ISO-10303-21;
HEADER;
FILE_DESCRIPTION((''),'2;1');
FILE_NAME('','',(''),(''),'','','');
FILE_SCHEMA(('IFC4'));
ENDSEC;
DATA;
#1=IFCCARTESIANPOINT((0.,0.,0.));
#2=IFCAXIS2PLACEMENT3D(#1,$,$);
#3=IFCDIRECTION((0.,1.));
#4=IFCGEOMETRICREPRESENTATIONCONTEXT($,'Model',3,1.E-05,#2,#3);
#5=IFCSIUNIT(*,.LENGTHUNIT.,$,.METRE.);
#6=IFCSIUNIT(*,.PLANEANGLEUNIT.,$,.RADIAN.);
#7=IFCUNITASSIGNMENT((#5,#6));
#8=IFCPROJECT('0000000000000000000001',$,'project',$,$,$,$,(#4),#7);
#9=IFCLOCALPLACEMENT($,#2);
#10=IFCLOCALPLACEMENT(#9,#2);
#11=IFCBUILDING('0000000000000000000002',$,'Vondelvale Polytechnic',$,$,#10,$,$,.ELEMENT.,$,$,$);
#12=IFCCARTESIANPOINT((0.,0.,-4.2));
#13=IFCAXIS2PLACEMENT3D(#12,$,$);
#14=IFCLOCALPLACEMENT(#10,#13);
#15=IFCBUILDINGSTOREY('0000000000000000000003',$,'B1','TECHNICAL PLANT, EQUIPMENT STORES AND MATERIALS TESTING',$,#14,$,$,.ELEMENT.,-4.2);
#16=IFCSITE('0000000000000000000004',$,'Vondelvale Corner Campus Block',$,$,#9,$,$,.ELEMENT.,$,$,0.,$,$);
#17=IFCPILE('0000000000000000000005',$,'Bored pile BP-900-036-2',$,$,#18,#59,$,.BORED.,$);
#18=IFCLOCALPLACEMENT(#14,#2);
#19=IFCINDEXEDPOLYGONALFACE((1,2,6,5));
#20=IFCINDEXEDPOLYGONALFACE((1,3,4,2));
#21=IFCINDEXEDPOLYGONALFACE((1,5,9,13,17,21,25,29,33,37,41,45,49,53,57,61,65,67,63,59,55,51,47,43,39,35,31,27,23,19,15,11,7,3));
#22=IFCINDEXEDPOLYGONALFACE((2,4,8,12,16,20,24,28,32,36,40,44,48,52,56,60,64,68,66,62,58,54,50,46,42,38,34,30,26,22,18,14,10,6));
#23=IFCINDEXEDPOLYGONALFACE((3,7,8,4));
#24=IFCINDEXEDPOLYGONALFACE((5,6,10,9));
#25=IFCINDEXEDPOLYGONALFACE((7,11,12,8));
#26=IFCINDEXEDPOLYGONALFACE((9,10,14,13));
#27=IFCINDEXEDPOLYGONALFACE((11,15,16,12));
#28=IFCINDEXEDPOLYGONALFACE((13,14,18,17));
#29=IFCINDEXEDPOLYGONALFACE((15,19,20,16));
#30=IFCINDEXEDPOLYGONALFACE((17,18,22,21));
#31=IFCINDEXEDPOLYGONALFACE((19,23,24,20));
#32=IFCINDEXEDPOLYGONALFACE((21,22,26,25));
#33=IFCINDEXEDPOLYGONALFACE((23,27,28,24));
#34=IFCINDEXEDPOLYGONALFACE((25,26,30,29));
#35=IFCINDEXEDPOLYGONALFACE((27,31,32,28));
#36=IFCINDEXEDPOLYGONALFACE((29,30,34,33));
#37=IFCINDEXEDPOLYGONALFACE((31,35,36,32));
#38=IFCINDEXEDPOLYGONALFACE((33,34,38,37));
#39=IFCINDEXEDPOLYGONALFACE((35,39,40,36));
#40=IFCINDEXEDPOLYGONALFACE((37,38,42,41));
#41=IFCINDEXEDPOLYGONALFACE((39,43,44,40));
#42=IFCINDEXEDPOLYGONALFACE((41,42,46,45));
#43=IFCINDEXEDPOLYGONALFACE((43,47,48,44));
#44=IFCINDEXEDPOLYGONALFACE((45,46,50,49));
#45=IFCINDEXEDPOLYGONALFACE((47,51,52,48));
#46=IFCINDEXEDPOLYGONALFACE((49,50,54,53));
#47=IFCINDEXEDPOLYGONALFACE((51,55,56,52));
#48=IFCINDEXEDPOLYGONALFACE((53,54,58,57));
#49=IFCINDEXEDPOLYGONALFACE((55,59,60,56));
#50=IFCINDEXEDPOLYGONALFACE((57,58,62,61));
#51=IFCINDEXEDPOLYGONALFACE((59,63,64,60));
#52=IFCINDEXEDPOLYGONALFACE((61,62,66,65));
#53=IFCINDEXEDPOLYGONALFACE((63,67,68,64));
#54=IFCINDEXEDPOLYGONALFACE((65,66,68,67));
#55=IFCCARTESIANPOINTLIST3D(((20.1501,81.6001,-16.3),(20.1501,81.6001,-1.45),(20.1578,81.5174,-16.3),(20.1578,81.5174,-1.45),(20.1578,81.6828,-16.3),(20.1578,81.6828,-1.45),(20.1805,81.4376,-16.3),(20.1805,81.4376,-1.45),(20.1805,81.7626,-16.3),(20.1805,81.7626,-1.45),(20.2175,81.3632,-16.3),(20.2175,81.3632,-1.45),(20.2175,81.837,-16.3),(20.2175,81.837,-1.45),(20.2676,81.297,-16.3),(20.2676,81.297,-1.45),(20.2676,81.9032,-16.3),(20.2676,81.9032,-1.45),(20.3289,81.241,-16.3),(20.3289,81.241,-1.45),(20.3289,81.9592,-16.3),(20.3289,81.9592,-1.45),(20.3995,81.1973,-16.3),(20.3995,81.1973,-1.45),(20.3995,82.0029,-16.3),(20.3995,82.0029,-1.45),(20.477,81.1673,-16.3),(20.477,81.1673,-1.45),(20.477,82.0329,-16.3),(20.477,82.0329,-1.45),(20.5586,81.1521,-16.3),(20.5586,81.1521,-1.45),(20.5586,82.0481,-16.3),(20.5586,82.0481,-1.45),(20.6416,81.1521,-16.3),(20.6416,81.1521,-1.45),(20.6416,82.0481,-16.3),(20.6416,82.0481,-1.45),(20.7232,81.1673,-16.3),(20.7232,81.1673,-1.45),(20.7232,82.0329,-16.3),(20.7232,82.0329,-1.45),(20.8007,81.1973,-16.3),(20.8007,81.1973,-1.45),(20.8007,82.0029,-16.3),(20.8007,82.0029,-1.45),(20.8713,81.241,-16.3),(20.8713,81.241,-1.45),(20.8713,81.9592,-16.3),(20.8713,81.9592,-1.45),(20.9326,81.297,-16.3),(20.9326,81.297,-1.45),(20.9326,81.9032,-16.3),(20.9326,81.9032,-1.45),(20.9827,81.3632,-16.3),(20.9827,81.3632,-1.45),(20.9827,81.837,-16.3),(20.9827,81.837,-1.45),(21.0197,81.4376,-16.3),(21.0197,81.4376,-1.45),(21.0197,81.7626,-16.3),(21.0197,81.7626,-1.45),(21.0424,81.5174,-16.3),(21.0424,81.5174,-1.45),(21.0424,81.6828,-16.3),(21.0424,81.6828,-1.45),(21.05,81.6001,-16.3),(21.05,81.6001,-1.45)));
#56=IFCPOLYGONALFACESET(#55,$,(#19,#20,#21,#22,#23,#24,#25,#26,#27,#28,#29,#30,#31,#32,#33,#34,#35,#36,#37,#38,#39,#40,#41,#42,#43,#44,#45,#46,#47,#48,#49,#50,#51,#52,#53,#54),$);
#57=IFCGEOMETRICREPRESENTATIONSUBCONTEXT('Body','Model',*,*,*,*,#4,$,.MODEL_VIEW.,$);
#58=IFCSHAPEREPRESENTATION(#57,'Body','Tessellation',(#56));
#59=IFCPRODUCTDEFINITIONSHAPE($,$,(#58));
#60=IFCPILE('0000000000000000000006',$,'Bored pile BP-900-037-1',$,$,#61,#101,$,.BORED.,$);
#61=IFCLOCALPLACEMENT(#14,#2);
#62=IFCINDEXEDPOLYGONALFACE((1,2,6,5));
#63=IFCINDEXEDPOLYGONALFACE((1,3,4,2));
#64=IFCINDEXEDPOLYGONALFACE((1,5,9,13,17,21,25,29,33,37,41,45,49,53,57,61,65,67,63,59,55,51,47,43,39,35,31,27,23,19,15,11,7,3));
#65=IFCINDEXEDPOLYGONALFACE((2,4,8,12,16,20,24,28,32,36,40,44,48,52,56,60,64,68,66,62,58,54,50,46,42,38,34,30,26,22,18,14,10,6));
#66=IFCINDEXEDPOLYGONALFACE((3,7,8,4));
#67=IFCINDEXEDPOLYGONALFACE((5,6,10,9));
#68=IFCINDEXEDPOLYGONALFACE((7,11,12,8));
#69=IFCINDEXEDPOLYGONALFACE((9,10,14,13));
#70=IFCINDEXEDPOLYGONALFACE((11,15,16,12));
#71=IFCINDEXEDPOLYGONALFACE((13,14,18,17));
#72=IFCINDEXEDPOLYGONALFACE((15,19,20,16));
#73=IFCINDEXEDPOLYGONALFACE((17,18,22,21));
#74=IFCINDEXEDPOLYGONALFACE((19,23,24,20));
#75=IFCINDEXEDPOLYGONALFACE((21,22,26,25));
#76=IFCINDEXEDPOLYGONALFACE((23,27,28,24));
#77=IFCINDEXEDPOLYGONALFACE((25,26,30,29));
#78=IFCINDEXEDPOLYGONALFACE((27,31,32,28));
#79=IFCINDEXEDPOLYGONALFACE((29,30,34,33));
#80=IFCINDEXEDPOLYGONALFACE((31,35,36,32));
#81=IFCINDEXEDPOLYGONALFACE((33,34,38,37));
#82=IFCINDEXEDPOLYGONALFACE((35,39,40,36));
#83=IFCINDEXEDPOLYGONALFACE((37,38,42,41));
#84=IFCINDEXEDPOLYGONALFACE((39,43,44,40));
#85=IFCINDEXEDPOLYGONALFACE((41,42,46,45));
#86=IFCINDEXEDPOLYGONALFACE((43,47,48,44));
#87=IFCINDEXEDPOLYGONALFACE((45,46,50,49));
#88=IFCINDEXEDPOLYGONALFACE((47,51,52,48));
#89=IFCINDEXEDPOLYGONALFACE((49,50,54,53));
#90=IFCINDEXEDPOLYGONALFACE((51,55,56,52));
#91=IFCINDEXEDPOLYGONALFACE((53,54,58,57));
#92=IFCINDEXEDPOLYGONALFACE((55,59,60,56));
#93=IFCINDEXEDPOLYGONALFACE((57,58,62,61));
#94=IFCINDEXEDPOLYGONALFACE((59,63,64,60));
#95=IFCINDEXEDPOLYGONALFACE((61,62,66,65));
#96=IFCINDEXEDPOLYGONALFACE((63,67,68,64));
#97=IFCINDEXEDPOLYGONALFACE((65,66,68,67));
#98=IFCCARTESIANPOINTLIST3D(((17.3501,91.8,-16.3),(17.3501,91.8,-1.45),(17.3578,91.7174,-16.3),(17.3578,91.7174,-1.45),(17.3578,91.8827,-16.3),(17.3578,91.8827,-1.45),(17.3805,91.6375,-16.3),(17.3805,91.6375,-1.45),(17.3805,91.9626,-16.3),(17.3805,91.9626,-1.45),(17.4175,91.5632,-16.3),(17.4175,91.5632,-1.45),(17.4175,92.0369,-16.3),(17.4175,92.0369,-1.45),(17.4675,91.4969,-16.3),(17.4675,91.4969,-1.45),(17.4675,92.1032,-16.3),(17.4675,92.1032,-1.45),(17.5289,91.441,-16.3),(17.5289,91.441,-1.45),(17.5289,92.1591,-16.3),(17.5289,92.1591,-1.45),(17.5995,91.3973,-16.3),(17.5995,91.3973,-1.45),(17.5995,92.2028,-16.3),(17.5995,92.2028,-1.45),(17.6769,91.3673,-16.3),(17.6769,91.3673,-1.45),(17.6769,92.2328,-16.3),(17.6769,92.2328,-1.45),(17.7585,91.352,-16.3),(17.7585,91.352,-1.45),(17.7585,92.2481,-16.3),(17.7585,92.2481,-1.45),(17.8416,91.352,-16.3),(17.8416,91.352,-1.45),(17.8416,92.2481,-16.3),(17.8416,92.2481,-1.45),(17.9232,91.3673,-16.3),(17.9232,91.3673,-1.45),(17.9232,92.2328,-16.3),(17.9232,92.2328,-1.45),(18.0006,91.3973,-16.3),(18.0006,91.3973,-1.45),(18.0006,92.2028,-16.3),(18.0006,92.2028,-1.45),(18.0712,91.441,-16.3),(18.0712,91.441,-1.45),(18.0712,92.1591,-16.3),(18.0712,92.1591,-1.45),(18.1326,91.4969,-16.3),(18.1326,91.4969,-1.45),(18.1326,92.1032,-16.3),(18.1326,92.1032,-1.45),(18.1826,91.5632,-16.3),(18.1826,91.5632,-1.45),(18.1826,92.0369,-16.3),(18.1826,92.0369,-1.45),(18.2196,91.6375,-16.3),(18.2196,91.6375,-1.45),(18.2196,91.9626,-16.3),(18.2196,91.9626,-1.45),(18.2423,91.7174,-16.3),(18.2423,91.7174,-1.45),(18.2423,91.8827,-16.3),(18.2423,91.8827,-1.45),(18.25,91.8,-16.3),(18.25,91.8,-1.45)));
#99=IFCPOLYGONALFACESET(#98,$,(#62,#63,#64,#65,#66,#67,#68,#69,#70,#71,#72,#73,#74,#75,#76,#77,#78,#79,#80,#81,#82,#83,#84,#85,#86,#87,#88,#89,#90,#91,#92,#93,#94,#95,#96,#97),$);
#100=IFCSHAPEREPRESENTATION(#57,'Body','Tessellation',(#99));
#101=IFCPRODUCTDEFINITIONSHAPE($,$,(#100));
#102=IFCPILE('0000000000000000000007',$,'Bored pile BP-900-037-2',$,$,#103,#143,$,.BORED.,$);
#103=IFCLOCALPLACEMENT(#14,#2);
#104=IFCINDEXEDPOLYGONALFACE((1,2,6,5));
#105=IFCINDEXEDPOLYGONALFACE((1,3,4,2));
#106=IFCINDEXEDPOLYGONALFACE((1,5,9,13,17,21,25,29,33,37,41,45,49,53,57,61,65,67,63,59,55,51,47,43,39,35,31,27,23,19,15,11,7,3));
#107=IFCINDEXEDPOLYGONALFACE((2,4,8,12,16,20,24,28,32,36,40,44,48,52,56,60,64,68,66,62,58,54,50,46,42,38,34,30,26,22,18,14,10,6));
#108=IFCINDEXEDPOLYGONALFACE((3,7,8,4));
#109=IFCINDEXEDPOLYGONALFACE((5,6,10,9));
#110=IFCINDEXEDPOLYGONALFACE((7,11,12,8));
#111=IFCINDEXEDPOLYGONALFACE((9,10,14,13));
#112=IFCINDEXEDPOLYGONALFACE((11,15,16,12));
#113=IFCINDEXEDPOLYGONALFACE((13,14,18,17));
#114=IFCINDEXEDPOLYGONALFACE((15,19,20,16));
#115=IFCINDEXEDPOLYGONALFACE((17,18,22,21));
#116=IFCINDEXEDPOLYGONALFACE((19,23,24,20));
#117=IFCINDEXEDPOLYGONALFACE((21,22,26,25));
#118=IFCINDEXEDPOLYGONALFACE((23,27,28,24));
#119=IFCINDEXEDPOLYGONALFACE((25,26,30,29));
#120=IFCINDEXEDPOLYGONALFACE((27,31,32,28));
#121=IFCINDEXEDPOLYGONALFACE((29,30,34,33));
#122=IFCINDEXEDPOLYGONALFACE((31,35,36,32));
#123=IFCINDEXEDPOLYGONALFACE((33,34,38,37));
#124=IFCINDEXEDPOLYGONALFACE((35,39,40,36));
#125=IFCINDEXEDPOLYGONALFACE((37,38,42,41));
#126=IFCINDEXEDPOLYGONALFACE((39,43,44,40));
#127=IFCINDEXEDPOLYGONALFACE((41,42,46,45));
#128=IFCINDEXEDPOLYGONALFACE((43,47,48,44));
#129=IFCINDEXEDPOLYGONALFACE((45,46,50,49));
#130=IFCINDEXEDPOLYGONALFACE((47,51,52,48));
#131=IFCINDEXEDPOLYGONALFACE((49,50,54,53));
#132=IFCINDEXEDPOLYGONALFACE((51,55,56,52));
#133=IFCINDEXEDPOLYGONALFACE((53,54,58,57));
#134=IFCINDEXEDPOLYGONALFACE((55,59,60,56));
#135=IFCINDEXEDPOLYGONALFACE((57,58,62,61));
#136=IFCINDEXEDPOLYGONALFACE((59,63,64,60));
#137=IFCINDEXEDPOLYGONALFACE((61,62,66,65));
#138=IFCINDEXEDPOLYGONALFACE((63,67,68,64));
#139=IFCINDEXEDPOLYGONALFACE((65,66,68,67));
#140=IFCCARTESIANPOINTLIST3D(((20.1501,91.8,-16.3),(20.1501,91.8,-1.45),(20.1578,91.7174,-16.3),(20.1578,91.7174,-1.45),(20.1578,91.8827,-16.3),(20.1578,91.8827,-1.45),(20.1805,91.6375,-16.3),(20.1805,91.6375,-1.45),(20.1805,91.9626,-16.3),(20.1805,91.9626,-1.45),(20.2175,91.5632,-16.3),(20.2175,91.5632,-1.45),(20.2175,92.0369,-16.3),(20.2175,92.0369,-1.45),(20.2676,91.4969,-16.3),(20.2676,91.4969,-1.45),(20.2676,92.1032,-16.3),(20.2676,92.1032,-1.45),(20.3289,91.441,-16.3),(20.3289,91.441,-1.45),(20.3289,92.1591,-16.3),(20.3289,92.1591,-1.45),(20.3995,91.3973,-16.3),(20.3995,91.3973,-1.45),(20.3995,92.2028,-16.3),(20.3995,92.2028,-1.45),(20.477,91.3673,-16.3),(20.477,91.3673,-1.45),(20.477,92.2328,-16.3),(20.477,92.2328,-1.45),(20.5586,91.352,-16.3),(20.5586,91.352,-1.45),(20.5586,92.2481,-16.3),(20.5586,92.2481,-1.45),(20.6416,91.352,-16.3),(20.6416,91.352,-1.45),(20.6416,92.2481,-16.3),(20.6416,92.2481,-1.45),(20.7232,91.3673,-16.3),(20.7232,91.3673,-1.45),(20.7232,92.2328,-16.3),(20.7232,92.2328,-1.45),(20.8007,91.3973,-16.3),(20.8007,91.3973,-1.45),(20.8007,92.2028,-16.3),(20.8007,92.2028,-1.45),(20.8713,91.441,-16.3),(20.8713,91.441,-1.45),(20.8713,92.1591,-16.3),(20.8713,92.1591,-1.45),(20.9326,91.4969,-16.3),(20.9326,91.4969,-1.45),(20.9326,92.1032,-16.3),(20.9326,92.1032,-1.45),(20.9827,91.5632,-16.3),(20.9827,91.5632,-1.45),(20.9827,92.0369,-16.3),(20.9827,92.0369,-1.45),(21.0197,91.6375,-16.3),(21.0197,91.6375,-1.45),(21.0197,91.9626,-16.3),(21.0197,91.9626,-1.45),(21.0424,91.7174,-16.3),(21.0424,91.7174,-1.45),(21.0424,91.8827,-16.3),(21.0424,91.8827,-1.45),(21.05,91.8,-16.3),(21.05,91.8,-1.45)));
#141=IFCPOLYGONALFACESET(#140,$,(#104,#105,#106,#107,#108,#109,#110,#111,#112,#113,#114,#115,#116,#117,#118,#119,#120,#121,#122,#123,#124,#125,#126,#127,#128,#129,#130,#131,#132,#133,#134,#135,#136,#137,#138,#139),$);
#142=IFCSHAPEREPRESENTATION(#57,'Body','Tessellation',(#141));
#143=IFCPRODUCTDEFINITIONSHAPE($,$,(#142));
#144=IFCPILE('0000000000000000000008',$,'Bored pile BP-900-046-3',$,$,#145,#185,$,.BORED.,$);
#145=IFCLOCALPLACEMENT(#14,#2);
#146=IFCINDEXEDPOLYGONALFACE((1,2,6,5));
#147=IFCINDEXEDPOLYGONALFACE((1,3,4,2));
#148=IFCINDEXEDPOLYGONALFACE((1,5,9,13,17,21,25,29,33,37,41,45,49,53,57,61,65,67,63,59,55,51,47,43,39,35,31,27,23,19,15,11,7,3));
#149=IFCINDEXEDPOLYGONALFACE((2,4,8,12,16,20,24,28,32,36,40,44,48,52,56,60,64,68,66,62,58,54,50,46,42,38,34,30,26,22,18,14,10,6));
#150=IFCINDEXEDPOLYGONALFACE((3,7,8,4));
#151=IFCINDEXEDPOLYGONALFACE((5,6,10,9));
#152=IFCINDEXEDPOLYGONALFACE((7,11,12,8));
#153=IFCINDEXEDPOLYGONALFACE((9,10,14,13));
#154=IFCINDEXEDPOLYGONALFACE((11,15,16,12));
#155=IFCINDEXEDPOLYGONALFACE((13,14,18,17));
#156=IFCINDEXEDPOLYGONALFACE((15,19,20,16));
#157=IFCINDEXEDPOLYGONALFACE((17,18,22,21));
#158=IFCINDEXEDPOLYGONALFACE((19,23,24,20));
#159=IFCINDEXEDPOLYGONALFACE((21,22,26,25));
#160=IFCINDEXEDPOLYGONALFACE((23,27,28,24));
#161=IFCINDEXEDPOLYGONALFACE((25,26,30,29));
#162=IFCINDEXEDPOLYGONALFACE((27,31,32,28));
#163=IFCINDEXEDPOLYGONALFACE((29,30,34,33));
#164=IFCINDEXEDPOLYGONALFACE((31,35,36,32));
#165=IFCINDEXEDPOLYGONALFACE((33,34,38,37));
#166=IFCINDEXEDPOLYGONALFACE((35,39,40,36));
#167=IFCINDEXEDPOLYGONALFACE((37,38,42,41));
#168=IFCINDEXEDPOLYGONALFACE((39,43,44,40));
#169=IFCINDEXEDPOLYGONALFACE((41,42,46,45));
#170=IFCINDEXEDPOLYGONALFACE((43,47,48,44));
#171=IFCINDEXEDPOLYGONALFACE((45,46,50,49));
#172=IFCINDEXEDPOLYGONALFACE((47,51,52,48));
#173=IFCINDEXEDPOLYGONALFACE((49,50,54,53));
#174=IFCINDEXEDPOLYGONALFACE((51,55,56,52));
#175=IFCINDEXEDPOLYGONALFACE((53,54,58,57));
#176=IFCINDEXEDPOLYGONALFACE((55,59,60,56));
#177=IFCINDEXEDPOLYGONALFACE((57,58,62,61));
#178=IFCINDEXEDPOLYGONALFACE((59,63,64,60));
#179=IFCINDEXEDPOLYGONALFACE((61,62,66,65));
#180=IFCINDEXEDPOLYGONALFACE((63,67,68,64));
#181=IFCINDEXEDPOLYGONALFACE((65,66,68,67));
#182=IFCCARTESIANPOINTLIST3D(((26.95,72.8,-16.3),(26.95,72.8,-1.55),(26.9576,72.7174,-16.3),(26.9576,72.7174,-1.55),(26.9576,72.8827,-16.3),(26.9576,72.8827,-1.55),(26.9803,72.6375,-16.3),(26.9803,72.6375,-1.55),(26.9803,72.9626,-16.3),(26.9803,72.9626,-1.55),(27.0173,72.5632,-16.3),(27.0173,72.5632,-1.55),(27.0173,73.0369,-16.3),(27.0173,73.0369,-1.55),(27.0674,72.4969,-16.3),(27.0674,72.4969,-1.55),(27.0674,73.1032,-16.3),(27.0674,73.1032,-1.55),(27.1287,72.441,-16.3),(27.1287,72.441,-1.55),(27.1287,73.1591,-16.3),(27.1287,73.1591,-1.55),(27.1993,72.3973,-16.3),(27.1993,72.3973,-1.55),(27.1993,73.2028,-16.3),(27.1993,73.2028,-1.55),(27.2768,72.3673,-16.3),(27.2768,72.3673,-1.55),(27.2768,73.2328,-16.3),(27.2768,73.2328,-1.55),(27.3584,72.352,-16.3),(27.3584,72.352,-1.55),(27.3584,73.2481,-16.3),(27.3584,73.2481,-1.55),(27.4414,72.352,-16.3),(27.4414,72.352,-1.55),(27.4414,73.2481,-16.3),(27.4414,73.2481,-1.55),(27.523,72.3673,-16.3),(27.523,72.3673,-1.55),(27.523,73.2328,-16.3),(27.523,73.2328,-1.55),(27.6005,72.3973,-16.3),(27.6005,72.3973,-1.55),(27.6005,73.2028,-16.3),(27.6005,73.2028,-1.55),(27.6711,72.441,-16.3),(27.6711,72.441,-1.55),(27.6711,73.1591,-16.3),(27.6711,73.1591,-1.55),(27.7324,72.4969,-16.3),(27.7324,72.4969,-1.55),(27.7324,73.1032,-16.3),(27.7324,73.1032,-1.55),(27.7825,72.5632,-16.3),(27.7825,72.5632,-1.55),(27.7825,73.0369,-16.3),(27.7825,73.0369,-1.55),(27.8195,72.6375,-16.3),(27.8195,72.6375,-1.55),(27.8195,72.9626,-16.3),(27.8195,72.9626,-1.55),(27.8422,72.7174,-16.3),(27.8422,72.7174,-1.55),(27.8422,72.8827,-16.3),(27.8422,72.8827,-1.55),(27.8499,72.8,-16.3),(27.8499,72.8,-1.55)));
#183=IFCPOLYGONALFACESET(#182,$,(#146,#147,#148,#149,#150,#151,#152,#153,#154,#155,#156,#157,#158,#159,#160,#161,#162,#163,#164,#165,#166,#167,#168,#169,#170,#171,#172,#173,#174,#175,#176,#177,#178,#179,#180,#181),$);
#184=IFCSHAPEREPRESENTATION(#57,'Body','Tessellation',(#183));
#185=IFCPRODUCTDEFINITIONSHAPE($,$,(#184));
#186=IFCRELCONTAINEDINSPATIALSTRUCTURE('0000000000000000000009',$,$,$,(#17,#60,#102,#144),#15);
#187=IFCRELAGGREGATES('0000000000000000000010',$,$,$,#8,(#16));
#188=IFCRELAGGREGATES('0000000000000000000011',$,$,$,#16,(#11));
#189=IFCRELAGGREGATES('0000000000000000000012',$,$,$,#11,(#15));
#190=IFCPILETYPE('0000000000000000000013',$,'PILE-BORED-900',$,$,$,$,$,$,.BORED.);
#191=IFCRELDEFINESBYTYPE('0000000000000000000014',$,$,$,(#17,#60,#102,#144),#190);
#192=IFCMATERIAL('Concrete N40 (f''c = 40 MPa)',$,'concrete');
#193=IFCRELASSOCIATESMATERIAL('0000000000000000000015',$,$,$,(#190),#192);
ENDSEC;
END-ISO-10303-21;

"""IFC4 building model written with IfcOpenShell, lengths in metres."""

from ifc_helpers import new_model, si_unit, direction, frame, origin, origin_2d, place, context, subcontext, project, spatial, circle, extrude, material, material_profile, profile_set, type_object, element, save


model = new_model("IFC4")

# Units and contexts
model_context = context("Model", 3, precision=1e-05, world=origin(), true_north=direction((0.0, 1.0)))
body_context = subcontext(model_context, "Body", "Model", "MODEL_VIEW")
ifc_project = project(units=[si_unit("LENGTHUNIT", "METRE"), si_unit("PLANEANGLEUNIT", "RADIAN")], contexts=[model_context])

# Site, building, storey
site_placement = place(None, origin())
site = spatial("IfcSite", under=ifc_project, at=site_placement, Name="Vondelvale Corner Campus Block", CompositionType="ELEMENT", RefElevation=0.0)
building_placement = place(site_placement, origin())
building = spatial("IfcBuilding", under=site, at=building_placement, Name="Vondelvale Polytechnic", CompositionType="ELEMENT")
storey_placement = place(building_placement, frame((0.0, 0.0, -4.2)))
storey = spatial("IfcBuildingStorey", under=building, at=storey_placement, Name="B1", Description="TECHNICAL PLANT, EQUIPMENT STORES AND MATERIALS TESTING", CompositionType="ELEMENT", Elevation=-4.2)

# Shared definitions
ifc_material_1 = material(Name="Concrete N40 (f'c = 40 MPa)", Category="concrete")

# Piles
ifc_material_profile_1 = material_profile(ifc_material_1, circle(Radius=0.45, at=origin_2d()), Name="PILE-D900")
ifc_profile_set_1 = profile_set([ifc_material_profile_1], Name="Concrete N40 (f'c = 40 MPa)")
pile_type = type_object("IfcPileType", Name="PILE-BORED-900", PredefinedType="BORED", material=ifc_profile_set_1)
for number, where, z_axis, x_axis, name in (
    (1, (20.6001, 81.6001, -1.45), (0.0, 0.0, -1.0), (1.0, 0.0, 0.0), "Bored pile BP-900-036-2"),
    (2, (17.8, 91.8, -1.45), (0.0, 0.0, -1.0), (1.0, 0.0, 0.0), "Bored pile BP-900-037-1"),
    (3, (20.6001, 91.8, -1.45), (0.0, 0.0, -1.0), (1.0, 0.0, 0.0), "Bored pile BP-900-037-2"),
):
    element("IfcPile", number, at=place(storey_placement, frame(where, z_axis=z_axis, x_axis=x_axis)), inside=storey, type_object=pile_type, Name=name, PredefinedType="BORED", context=body_context, shape_type="SweptSolid", body=[
        extrude(circle(Radius=0.45, at=origin_2d()), origin(), (0.0, 0.0, 1.0), 14.8501),
    ])
for number, where, z_axis, x_axis, name in (
    (4, (27.3999, 72.8, -1.55), (0.0, 0.0, -1.0), (1.0, 0.0, 0.0), "Bored pile BP-900-046-3"),
):
    element("IfcPile", number, at=place(storey_placement, frame(where, z_axis=z_axis, x_axis=x_axis)), inside=storey, type_object=pile_type, Name=name, PredefinedType="BORED", context=body_context, shape_type="SweptSolid", body=[
        extrude(circle(Radius=0.45, at=origin_2d()), origin(), (0.0, 0.0, 1.0), 14.75),
    ])

save(model, "model.ifc")
